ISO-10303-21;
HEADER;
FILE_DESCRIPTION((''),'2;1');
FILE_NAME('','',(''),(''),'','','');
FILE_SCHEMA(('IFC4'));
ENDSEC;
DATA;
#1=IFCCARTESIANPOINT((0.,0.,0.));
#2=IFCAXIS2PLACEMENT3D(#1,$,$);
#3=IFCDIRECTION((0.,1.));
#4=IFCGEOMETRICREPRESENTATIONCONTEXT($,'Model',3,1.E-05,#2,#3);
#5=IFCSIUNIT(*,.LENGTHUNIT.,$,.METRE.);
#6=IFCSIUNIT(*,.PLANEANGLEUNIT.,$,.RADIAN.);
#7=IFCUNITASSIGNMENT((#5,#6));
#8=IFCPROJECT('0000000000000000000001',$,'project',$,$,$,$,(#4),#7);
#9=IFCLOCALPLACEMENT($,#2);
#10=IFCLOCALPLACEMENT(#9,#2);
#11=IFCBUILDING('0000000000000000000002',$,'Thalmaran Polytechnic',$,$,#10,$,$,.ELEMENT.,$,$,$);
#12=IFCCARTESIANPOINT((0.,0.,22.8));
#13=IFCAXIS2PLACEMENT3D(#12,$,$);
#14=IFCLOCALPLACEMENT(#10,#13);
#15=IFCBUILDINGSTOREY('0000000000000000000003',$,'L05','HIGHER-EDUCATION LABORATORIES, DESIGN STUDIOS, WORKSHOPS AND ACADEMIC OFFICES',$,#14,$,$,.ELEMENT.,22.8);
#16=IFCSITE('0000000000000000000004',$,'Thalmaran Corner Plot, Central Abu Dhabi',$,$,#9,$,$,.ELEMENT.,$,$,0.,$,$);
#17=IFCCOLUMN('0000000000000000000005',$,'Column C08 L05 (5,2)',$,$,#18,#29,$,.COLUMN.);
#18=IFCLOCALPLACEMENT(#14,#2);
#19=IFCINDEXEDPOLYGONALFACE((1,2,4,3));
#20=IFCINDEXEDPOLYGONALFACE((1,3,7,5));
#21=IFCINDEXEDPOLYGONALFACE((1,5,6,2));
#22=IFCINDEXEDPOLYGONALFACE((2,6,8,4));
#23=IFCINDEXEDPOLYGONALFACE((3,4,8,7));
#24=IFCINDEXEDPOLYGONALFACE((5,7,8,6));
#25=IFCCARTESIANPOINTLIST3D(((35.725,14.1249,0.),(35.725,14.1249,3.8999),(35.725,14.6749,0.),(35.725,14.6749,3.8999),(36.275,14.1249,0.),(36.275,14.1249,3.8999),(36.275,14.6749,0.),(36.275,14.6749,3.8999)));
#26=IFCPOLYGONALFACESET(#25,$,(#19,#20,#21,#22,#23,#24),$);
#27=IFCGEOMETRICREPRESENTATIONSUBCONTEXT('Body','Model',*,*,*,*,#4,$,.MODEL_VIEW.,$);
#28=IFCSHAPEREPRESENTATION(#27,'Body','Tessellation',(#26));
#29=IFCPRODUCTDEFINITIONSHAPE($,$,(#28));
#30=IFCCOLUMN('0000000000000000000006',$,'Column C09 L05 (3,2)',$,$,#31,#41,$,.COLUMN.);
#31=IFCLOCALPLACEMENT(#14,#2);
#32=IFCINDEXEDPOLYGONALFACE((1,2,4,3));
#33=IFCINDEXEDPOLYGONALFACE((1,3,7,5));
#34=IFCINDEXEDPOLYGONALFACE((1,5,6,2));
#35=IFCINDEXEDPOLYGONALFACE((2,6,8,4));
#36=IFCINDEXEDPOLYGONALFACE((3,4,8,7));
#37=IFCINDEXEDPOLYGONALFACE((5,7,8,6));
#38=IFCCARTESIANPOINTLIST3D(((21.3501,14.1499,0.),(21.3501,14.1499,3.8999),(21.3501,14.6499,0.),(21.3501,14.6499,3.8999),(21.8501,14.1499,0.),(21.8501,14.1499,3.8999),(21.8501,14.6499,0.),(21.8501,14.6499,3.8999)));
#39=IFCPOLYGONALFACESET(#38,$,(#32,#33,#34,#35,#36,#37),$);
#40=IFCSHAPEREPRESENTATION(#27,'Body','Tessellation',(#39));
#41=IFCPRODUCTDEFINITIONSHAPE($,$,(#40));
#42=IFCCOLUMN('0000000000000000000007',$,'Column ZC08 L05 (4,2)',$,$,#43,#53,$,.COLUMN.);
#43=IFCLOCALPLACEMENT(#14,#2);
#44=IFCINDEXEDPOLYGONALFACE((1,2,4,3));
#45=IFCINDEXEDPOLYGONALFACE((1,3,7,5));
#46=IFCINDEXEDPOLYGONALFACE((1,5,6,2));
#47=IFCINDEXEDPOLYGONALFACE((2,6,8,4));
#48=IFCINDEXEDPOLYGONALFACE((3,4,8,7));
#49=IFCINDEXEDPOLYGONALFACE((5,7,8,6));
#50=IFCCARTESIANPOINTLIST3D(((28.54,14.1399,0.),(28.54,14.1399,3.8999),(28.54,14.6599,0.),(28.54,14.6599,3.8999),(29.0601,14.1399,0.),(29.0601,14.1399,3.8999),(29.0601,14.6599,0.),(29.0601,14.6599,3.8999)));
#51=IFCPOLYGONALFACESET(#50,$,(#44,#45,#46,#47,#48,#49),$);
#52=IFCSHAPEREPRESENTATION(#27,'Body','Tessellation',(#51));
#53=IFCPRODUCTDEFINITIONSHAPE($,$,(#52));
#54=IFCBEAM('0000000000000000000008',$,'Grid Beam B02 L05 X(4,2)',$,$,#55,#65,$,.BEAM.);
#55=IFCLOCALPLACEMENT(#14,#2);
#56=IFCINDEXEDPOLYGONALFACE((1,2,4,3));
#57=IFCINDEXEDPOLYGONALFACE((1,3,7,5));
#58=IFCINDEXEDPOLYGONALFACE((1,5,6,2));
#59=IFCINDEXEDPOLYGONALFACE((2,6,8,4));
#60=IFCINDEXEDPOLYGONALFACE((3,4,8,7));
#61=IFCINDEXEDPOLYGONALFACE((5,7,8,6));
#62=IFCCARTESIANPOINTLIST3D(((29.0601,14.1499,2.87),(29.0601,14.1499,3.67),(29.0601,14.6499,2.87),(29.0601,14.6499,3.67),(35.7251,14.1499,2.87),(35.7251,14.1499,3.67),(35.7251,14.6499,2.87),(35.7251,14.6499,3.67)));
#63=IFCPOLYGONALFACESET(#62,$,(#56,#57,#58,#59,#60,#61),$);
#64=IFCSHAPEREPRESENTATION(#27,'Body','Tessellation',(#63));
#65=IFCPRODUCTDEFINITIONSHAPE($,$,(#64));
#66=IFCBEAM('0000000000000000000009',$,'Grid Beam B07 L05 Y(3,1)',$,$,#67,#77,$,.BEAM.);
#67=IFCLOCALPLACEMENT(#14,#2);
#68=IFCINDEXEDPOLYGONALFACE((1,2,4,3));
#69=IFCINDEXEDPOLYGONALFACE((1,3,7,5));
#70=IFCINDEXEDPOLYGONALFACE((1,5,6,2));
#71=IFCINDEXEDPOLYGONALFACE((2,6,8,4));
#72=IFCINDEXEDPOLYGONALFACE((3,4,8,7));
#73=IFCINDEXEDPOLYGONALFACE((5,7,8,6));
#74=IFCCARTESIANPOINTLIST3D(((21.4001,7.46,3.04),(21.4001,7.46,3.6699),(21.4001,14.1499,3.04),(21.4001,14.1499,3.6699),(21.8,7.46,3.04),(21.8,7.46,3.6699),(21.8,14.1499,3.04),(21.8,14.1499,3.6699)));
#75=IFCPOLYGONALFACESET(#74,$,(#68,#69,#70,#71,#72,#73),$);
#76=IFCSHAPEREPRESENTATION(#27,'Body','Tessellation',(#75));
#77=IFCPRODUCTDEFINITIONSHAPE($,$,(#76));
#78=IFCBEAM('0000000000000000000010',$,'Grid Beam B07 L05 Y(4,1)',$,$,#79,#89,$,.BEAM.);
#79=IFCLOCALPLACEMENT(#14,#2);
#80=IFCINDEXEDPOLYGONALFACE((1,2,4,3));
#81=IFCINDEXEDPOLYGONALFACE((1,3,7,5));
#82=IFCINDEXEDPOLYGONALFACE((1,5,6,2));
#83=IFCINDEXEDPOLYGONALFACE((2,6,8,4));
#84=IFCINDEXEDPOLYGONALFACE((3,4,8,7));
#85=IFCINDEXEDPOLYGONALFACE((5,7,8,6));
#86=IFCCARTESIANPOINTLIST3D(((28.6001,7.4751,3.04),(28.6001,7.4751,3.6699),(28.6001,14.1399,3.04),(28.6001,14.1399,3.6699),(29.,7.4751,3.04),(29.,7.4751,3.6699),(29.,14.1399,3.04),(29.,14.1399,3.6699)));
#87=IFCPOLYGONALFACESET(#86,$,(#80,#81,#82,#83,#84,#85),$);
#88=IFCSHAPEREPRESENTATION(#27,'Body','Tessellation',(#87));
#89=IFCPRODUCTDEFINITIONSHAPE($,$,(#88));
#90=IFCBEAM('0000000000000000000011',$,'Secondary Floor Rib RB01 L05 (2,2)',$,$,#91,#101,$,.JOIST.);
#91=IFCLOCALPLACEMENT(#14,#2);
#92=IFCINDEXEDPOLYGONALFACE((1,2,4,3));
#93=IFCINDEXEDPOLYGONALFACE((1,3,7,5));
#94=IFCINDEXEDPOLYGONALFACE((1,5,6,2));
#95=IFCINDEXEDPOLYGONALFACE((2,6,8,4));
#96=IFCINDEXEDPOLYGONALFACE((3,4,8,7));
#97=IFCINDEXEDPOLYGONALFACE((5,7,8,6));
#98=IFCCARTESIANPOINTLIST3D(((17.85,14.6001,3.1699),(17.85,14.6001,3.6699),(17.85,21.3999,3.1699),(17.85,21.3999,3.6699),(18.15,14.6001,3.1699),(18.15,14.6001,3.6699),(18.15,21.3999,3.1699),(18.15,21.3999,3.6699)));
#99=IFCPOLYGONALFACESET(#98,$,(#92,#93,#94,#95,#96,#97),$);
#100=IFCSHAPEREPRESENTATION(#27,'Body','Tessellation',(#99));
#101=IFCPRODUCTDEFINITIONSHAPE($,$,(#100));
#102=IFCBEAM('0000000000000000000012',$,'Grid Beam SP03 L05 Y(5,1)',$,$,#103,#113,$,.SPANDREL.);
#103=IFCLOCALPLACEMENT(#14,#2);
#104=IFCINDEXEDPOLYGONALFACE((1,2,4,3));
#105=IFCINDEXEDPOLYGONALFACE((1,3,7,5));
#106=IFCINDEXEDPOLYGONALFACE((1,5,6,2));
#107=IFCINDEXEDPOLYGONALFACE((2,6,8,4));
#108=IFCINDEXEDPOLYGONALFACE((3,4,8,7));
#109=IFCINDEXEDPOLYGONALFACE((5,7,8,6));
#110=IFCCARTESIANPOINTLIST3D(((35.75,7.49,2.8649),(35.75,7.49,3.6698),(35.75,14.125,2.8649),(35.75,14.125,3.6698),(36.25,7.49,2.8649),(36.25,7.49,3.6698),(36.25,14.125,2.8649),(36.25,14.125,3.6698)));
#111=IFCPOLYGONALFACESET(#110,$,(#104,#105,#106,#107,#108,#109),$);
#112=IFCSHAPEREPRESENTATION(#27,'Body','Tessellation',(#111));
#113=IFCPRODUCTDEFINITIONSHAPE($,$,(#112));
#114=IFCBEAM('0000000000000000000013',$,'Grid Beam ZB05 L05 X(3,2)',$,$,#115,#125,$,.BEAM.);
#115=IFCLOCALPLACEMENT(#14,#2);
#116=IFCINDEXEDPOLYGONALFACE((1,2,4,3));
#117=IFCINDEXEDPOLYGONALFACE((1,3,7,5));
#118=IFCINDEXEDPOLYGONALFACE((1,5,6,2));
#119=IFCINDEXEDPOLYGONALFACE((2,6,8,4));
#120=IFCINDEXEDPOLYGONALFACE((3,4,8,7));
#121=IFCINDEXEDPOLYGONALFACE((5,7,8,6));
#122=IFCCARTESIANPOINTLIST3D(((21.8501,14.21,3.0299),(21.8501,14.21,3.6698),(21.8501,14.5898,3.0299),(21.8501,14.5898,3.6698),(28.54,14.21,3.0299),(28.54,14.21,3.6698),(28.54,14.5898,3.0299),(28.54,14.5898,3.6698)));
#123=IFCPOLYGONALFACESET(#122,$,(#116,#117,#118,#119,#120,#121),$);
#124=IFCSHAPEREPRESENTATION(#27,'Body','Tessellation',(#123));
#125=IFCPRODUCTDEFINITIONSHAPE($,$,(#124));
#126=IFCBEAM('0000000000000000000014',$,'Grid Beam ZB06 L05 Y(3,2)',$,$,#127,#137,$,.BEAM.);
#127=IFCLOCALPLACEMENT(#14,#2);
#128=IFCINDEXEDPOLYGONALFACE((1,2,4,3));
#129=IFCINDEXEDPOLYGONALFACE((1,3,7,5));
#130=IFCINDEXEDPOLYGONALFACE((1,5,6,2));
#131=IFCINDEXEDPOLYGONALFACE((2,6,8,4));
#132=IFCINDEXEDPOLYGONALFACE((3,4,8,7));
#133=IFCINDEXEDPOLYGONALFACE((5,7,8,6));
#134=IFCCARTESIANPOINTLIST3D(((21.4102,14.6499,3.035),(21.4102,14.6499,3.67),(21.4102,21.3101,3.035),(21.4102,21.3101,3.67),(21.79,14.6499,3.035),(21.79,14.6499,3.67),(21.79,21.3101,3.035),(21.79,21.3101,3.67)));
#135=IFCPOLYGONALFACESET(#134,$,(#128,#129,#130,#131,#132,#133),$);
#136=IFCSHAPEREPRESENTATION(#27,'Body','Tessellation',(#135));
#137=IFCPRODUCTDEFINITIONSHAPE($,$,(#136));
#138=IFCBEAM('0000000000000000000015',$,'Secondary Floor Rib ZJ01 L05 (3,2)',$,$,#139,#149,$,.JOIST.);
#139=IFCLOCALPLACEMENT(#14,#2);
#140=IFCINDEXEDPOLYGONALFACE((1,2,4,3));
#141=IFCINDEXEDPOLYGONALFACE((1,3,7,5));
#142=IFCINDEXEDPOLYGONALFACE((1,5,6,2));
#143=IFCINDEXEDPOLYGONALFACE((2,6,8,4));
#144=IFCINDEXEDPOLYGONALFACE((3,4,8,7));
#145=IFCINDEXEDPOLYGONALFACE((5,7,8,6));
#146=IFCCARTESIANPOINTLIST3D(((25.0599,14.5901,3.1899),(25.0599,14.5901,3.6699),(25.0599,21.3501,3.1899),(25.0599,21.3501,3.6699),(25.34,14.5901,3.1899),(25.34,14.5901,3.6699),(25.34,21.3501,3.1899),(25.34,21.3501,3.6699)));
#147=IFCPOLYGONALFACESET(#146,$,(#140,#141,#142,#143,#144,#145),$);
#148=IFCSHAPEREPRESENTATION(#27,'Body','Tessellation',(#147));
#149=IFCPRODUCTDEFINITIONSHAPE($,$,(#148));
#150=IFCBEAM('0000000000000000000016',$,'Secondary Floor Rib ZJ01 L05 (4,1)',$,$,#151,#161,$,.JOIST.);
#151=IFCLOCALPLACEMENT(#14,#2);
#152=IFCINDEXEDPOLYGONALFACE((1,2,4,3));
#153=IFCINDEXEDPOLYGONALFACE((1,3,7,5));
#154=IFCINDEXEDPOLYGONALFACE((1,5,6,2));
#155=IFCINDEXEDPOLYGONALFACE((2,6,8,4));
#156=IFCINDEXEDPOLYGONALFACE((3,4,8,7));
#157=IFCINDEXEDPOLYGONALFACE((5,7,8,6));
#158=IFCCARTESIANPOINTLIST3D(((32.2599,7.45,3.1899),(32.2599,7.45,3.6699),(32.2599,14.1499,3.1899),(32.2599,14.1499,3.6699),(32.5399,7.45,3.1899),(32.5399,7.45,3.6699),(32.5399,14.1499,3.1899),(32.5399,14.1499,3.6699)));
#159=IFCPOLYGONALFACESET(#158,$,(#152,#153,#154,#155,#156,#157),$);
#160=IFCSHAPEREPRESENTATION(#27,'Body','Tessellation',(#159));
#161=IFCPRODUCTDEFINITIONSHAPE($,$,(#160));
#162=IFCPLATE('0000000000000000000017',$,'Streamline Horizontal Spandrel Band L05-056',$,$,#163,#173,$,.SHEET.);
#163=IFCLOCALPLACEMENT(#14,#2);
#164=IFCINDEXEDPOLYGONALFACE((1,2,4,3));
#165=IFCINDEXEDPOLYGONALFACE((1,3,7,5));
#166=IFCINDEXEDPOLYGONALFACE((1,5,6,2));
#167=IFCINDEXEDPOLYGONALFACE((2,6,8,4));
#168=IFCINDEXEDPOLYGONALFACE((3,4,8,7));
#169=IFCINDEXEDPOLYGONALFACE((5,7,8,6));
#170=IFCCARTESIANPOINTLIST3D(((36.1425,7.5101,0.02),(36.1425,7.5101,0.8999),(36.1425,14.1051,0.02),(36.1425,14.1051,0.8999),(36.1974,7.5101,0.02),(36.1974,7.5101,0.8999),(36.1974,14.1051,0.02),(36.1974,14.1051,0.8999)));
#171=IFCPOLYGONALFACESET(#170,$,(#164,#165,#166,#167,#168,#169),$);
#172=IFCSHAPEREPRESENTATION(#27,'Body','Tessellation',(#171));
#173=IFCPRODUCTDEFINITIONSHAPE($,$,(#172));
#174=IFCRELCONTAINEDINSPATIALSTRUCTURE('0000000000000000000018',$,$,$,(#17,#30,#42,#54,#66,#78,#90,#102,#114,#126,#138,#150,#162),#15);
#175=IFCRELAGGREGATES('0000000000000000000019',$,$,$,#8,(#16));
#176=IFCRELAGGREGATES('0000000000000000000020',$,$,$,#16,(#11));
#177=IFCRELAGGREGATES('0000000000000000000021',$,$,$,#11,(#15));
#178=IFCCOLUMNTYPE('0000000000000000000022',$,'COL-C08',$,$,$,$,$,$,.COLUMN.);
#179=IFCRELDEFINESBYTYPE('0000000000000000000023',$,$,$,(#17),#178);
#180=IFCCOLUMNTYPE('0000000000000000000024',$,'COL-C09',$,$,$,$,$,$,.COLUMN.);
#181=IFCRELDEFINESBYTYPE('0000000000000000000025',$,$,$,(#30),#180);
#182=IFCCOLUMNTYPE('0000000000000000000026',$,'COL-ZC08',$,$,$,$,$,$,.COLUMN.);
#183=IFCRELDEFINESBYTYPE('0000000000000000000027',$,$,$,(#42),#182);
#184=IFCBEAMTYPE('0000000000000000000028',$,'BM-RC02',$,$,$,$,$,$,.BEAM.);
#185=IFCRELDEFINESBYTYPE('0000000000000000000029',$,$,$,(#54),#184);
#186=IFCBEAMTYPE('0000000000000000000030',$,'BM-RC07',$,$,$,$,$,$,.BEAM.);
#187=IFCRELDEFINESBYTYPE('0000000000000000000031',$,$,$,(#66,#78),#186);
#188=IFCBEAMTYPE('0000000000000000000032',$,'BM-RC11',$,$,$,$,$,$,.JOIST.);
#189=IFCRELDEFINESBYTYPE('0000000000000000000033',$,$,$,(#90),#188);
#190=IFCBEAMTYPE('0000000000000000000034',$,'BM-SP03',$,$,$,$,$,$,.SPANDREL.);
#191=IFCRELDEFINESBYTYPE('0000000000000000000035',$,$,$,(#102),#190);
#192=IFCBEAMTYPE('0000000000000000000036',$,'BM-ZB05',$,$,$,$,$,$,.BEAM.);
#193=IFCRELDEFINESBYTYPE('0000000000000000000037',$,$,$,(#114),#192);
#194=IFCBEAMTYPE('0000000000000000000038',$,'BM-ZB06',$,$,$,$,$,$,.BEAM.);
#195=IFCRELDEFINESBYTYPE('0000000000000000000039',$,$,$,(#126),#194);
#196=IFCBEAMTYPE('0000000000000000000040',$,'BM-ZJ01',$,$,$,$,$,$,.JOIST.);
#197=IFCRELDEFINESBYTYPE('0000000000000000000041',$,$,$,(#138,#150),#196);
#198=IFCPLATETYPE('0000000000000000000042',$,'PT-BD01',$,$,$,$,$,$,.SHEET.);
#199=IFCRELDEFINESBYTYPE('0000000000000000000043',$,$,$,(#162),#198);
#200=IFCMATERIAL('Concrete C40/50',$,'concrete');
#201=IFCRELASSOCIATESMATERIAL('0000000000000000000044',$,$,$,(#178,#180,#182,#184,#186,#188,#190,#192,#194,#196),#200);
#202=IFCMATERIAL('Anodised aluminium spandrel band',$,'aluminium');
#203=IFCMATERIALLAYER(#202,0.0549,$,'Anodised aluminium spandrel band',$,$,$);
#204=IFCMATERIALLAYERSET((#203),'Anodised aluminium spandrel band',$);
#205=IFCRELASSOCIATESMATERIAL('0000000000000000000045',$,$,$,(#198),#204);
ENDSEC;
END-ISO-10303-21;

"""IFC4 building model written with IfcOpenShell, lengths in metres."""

from ifc_helpers import new_model, si_unit, direction, frame, origin, origin_2d, place, context, subcontext, project, spatial, rectangle, extrude, material, layer, layer_set, material_profile, profile_set, type_object, element, save


model = new_model("IFC4")

# Units and contexts
model_context = context("Model", 3, precision=1e-05, world=origin(), true_north=direction((0.0, 1.0)))
body_context = subcontext(model_context, "Body", "Model", "MODEL_VIEW")
ifc_project = project(units=[si_unit("LENGTHUNIT", "METRE"), si_unit("PLANEANGLEUNIT", "RADIAN")], contexts=[model_context])

# Site, building, storey
site_placement = place(None, origin())
site = spatial("IfcSite", under=ifc_project, at=site_placement, Name="Thalmaran Corner Plot, Central Abu Dhabi", CompositionType="ELEMENT", RefElevation=0.0)
building_placement = place(site_placement, origin())
building = spatial("IfcBuilding", under=site, at=building_placement, Name="Thalmaran Polytechnic", CompositionType="ELEMENT")
storey_placement = place(building_placement, frame((0.0, 0.0, 22.8)))
storey = spatial("IfcBuildingStorey", under=building, at=storey_placement, Name="L05", Description="HIGHER-EDUCATION LABORATORIES, DESIGN STUDIOS, WORKSHOPS AND ACADEMIC OFFICES", CompositionType="ELEMENT", Elevation=22.8)

# Columns
ifc_material_1 = material(Name="Concrete C40/50", Category="concrete")
ifc_material_profile_1 = material_profile(ifc_material_1, rectangle(XDim=0.55, YDim=0.55, at=origin_2d()), Name="RC 550x550")
ifc_profile_set_1 = profile_set([ifc_material_profile_1], Name="Concrete C40/50")
column_type_1 = type_object("IfcColumnType", Name="COL-C08", PredefinedType="COLUMN", material=ifc_profile_set_1)
column_1_placement = place(storey_placement, frame((36.0, 14.3999, 0.0), z_axis=(0.0, 0.0, 1.0), x_axis=(1.0, 0.0, 0.0)))
element("IfcColumn", 1, at=column_1_placement, inside=storey, type_object=column_type_1, Name="Column C08 L05 (5,2)", PredefinedType="COLUMN", context=body_context, shape_type="SweptSolid", body=[
    extrude(rectangle(XDim=0.55, YDim=0.55, at=origin_2d()), origin(), (0.0, 0.0, 1.0), 3.8999),
])
ifc_material_profile_2 = material_profile(ifc_material_1, rectangle(XDim=0.5, YDim=0.5, at=origin_2d()), Name="RC 500x500")
ifc_profile_set_2 = profile_set([ifc_material_profile_2], Name="Concrete C40/50")
column_type_2 = type_object("IfcColumnType", Name="COL-C09", PredefinedType="COLUMN", material=ifc_profile_set_2)
column_2_placement = place(storey_placement, frame((21.6001, 14.3999, 0.0), z_axis=(0.0, 0.0, 1.0), x_axis=(1.0, 0.0, 0.0)))
element("IfcColumn", 2, at=column_2_placement, inside=storey, type_object=column_type_2, Name="Column C09 L05 (3,2)", PredefinedType="COLUMN", context=body_context, shape_type="SweptSolid", body=[
    extrude(rectangle(XDim=0.5, YDim=0.5, at=origin_2d()), origin(), (0.0, 0.0, 1.0), 3.8999),
])
ifc_material_profile_3 = material_profile(ifc_material_1, rectangle(XDim=0.52, YDim=0.52, at=origin_2d()), Name="RC 520x520")
ifc_profile_set_3 = profile_set([ifc_material_profile_3], Name="Concrete C40/50")
column_type_3 = type_object("IfcColumnType", Name="COL-ZC08", PredefinedType="COLUMN", material=ifc_profile_set_3)
column_3_placement = place(storey_placement, frame((28.8, 14.3999, 0.0), z_axis=(0.0, 0.0, 1.0), x_axis=(1.0, 0.0, 0.0)))
element("IfcColumn", 3, at=column_3_placement, inside=storey, type_object=column_type_3, Name="Column ZC08 L05 (4,2)", PredefinedType="COLUMN", context=body_context, shape_type="SweptSolid", body=[
    extrude(rectangle(XDim=0.52, YDim=0.52, at=origin_2d()), origin(), (0.0, 0.0, 1.0), 3.8999),
])

# Beams
ifc_material_profile_4 = material_profile(ifc_material_1, rectangle(XDim=0.5, YDim=0.8, at=origin_2d()), Name="RC 500x800")
ifc_profile_set_4 = profile_set([ifc_material_profile_4], Name="Concrete C40/50")
beam_type_1 = type_object("IfcBeamType", Name="BM-RC02", PredefinedType="BEAM", material=ifc_profile_set_4)
beam_1_placement = place(storey_placement, frame((29.0601, 14.3999, 3.27), z_axis=(1.0, 0.0, 0.0), x_axis=(0.0, 1.0, 0.0)))
element("IfcBeam", 4, at=beam_1_placement, inside=storey, type_object=beam_type_1, Name="Grid Beam B02 L05 X(4,2)", PredefinedType="BEAM", context=body_context, shape_type="SweptSolid", body=[
    extrude(rectangle(XDim=0.5, YDim=0.8, at=origin_2d()), origin(), (0.0, 0.0, 1.0), 6.665),
])
ifc_material_profile_5 = material_profile(ifc_material_1, rectangle(XDim=0.3999, YDim=0.6299, at=origin_2d()), Name="RC 400x630")
ifc_profile_set_5 = profile_set([ifc_material_profile_5], Name="Concrete C40/50")
beam_type_2 = type_object("IfcBeamType", Name="BM-RC07", PredefinedType="BEAM", material=ifc_profile_set_5)
beam_2_placement = place(storey_placement, frame((21.6001, 7.46, 3.355), z_axis=(0.0, 1.0, 0.0), x_axis=(-1.0, 0.0, 0.0)))
element("IfcBeam", 5, at=beam_2_placement, inside=storey, type_object=beam_type_2, Name="Grid Beam B07 L05 Y(3,1)", PredefinedType="BEAM", context=body_context, shape_type="SweptSolid", body=[
    extrude(rectangle(XDim=0.3999, YDim=0.6299, at=origin_2d()), origin(), (0.0, 0.0, 1.0), 6.6899),
])
beam_3_placement = place(storey_placement, frame((28.8, 7.4751, 3.355), z_axis=(0.0, 1.0, 0.0), x_axis=(-1.0, 0.0, 0.0)))
element("IfcBeam", 6, at=beam_3_placement, inside=storey, type_object=beam_type_2, Name="Grid Beam B07 L05 Y(4,1)", PredefinedType="BEAM", context=body_context, shape_type="SweptSolid", body=[
    extrude(rectangle(XDim=0.3999, YDim=0.6299, at=origin_2d()), origin(), (0.0, 0.0, 1.0), 6.6648),
])
ifc_material_profile_6 = material_profile(ifc_material_1, rectangle(XDim=0.3, YDim=0.5, at=origin_2d()), Name="RC 300x500")
ifc_profile_set_6 = profile_set([ifc_material_profile_6], Name="Concrete C40/50")
beam_type_3 = type_object("IfcBeamType", Name="BM-RC11", PredefinedType="JOIST", material=ifc_profile_set_6)
beam_4_placement = place(storey_placement, frame((18.0, 14.6001, 3.4199), z_axis=(0.0, 1.0, 0.0), x_axis=(-1.0, 0.0, 0.0)))
element("IfcBeam", 7, at=beam_4_placement, inside=storey, type_object=beam_type_3, Name="Secondary Floor Rib RB01 L05 (2,2)", PredefinedType="JOIST", context=body_context, shape_type="SweptSolid", body=[
    extrude(rectangle(XDim=0.3, YDim=0.5, at=origin_2d()), origin(), (0.0, 0.0, 1.0), 6.7998),
])
ifc_material_profile_7 = material_profile(ifc_material_1, rectangle(XDim=0.5, YDim=0.8049, at=origin_2d()), Name="RC 500x805")
ifc_profile_set_7 = profile_set([ifc_material_profile_7], Name="Concrete C40/50")
beam_type_4 = type_object("IfcBeamType", Name="BM-SP03", PredefinedType="SPANDREL", material=ifc_profile_set_7)
beam_5_placement = place(storey_placement, frame((36.0, 7.49, 3.2673), z_axis=(0.0, 1.0, 0.0), x_axis=(-1.0, 0.0, 0.0)))
element("IfcBeam", 8, at=beam_5_placement, inside=storey, type_object=beam_type_4, Name="Grid Beam SP03 L05 Y(5,1)", PredefinedType="SPANDREL", context=body_context, shape_type="SweptSolid", body=[
    extrude(rectangle(XDim=0.5, YDim=0.8049, at=origin_2d()), origin(), (0.0, 0.0, 1.0), 6.635),
])
ifc_material_profile_8 = material_profile(ifc_material_1, rectangle(XDim=0.3799, YDim=0.6399, at=origin_2d()), Name="RC 380x640")
ifc_profile_set_8 = profile_set([ifc_material_profile_8], Name="Concrete C40/50")
beam_type_5 = type_object("IfcBeamType", Name="BM-ZB05", PredefinedType="BEAM", material=ifc_profile_set_8)
beam_6_placement = place(storey_placement, frame((21.8501, 14.3999, 3.3499), z_axis=(1.0, 0.0, 0.0), x_axis=(0.0, 1.0, 0.0)))
element("IfcBeam", 9, at=beam_6_placement, inside=storey, type_object=beam_type_5, Name="Grid Beam ZB05 L05 X(3,2)", PredefinedType="BEAM", context=body_context, shape_type="SweptSolid", body=[
    extrude(rectangle(XDim=0.3799, YDim=0.6399, at=origin_2d()), origin(), (0.0, 0.0, 1.0), 6.6899),
])
ifc_material_profile_9 = material_profile(ifc_material_1, rectangle(XDim=0.3799, YDim=0.635, at=origin_2d()), Name="RC 380x635")
ifc_profile_set_9 = profile_set([ifc_material_profile_9], Name="Concrete C40/50")
beam_type_6 = type_object("IfcBeamType", Name="BM-ZB06", PredefinedType="BEAM", material=ifc_profile_set_9)
beam_7_placement = place(storey_placement, frame((21.6001, 14.6499, 3.3525), z_axis=(0.0, 1.0, 0.0), x_axis=(-1.0, 0.0, 0.0)))
element("IfcBeam", 10, at=beam_7_placement, inside=storey, type_object=beam_type_6, Name="Grid Beam ZB06 L05 Y(3,2)", PredefinedType="BEAM", context=body_context, shape_type="SweptSolid", body=[
    extrude(rectangle(XDim=0.3799, YDim=0.635, at=origin_2d()), origin(), (0.0, 0.0, 1.0), 6.6602),
])
ifc_material_profile_10 = material_profile(ifc_material_1, rectangle(XDim=0.28, YDim=0.48, at=origin_2d()), Name="RC 280x480")
ifc_profile_set_10 = profile_set([ifc_material_profile_10], Name="Concrete C40/50")
beam_type_7 = type_object("IfcBeamType", Name="BM-ZJ01", PredefinedType="JOIST", material=ifc_profile_set_10)
beam_8_placement = place(storey_placement, frame((25.2, 14.5901, 3.4299), z_axis=(0.0, 1.0, 0.0), x_axis=(-1.0, 0.0, 0.0)))
element("IfcBeam", 11, at=beam_8_placement, inside=storey, type_object=beam_type_7, Name="Secondary Floor Rib ZJ01 L05 (3,2)", PredefinedType="JOIST", context=body_context, shape_type="SweptSolid", body=[
    extrude(rectangle(XDim=0.28, YDim=0.48, at=origin_2d()), origin(), (0.0, 0.0, 1.0), 6.76),
])
beam_9_placement = place(storey_placement, frame((32.3999, 7.45, 3.4299), z_axis=(0.0, 1.0, 0.0), x_axis=(-1.0, 0.0, 0.0)))
element("IfcBeam", 12, at=beam_9_placement, inside=storey, type_object=beam_type_7, Name="Secondary Floor Rib ZJ01 L05 (4,1)", PredefinedType="JOIST", context=body_context, shape_type="SweptSolid", body=[
    extrude(rectangle(XDim=0.28, YDim=0.48, at=origin_2d()), origin(), (0.0, 0.0, 1.0), 6.7),
])

# Plate
ifc_material_2 = material(Name="Anodised aluminium spandrel band", Category="aluminium")
ifc_layer_1 = layer(ifc_material_2, 0.0549, Name="Anodised aluminium spandrel band")
ifc_layer_set_1 = layer_set([ifc_layer_1], Name="Anodised aluminium spandrel band")
plate_type = type_object("IfcPlateType", Name="PT-BD01", PredefinedType="SHEET", material=ifc_layer_set_1)
plate_placement = place(storey_placement, frame((36.1699, 10.8076, 0.02), z_axis=(0.0, 0.0, 1.0), x_axis=(0.0, -1.0, 0.0)))
element("IfcPlate", 13, at=plate_placement, inside=storey, type_object=plate_type, Name="Streamline Horizontal Spandrel Band L05-056", PredefinedType="SHEET", context=body_context, shape_type="SweptSolid", body=[
    extrude(rectangle(XDim=6.595, YDim=0.0549, at=origin_2d()), origin(), (0.0, 0.0, 1.0), 0.8799),
])

save(model, "model.ifc")
